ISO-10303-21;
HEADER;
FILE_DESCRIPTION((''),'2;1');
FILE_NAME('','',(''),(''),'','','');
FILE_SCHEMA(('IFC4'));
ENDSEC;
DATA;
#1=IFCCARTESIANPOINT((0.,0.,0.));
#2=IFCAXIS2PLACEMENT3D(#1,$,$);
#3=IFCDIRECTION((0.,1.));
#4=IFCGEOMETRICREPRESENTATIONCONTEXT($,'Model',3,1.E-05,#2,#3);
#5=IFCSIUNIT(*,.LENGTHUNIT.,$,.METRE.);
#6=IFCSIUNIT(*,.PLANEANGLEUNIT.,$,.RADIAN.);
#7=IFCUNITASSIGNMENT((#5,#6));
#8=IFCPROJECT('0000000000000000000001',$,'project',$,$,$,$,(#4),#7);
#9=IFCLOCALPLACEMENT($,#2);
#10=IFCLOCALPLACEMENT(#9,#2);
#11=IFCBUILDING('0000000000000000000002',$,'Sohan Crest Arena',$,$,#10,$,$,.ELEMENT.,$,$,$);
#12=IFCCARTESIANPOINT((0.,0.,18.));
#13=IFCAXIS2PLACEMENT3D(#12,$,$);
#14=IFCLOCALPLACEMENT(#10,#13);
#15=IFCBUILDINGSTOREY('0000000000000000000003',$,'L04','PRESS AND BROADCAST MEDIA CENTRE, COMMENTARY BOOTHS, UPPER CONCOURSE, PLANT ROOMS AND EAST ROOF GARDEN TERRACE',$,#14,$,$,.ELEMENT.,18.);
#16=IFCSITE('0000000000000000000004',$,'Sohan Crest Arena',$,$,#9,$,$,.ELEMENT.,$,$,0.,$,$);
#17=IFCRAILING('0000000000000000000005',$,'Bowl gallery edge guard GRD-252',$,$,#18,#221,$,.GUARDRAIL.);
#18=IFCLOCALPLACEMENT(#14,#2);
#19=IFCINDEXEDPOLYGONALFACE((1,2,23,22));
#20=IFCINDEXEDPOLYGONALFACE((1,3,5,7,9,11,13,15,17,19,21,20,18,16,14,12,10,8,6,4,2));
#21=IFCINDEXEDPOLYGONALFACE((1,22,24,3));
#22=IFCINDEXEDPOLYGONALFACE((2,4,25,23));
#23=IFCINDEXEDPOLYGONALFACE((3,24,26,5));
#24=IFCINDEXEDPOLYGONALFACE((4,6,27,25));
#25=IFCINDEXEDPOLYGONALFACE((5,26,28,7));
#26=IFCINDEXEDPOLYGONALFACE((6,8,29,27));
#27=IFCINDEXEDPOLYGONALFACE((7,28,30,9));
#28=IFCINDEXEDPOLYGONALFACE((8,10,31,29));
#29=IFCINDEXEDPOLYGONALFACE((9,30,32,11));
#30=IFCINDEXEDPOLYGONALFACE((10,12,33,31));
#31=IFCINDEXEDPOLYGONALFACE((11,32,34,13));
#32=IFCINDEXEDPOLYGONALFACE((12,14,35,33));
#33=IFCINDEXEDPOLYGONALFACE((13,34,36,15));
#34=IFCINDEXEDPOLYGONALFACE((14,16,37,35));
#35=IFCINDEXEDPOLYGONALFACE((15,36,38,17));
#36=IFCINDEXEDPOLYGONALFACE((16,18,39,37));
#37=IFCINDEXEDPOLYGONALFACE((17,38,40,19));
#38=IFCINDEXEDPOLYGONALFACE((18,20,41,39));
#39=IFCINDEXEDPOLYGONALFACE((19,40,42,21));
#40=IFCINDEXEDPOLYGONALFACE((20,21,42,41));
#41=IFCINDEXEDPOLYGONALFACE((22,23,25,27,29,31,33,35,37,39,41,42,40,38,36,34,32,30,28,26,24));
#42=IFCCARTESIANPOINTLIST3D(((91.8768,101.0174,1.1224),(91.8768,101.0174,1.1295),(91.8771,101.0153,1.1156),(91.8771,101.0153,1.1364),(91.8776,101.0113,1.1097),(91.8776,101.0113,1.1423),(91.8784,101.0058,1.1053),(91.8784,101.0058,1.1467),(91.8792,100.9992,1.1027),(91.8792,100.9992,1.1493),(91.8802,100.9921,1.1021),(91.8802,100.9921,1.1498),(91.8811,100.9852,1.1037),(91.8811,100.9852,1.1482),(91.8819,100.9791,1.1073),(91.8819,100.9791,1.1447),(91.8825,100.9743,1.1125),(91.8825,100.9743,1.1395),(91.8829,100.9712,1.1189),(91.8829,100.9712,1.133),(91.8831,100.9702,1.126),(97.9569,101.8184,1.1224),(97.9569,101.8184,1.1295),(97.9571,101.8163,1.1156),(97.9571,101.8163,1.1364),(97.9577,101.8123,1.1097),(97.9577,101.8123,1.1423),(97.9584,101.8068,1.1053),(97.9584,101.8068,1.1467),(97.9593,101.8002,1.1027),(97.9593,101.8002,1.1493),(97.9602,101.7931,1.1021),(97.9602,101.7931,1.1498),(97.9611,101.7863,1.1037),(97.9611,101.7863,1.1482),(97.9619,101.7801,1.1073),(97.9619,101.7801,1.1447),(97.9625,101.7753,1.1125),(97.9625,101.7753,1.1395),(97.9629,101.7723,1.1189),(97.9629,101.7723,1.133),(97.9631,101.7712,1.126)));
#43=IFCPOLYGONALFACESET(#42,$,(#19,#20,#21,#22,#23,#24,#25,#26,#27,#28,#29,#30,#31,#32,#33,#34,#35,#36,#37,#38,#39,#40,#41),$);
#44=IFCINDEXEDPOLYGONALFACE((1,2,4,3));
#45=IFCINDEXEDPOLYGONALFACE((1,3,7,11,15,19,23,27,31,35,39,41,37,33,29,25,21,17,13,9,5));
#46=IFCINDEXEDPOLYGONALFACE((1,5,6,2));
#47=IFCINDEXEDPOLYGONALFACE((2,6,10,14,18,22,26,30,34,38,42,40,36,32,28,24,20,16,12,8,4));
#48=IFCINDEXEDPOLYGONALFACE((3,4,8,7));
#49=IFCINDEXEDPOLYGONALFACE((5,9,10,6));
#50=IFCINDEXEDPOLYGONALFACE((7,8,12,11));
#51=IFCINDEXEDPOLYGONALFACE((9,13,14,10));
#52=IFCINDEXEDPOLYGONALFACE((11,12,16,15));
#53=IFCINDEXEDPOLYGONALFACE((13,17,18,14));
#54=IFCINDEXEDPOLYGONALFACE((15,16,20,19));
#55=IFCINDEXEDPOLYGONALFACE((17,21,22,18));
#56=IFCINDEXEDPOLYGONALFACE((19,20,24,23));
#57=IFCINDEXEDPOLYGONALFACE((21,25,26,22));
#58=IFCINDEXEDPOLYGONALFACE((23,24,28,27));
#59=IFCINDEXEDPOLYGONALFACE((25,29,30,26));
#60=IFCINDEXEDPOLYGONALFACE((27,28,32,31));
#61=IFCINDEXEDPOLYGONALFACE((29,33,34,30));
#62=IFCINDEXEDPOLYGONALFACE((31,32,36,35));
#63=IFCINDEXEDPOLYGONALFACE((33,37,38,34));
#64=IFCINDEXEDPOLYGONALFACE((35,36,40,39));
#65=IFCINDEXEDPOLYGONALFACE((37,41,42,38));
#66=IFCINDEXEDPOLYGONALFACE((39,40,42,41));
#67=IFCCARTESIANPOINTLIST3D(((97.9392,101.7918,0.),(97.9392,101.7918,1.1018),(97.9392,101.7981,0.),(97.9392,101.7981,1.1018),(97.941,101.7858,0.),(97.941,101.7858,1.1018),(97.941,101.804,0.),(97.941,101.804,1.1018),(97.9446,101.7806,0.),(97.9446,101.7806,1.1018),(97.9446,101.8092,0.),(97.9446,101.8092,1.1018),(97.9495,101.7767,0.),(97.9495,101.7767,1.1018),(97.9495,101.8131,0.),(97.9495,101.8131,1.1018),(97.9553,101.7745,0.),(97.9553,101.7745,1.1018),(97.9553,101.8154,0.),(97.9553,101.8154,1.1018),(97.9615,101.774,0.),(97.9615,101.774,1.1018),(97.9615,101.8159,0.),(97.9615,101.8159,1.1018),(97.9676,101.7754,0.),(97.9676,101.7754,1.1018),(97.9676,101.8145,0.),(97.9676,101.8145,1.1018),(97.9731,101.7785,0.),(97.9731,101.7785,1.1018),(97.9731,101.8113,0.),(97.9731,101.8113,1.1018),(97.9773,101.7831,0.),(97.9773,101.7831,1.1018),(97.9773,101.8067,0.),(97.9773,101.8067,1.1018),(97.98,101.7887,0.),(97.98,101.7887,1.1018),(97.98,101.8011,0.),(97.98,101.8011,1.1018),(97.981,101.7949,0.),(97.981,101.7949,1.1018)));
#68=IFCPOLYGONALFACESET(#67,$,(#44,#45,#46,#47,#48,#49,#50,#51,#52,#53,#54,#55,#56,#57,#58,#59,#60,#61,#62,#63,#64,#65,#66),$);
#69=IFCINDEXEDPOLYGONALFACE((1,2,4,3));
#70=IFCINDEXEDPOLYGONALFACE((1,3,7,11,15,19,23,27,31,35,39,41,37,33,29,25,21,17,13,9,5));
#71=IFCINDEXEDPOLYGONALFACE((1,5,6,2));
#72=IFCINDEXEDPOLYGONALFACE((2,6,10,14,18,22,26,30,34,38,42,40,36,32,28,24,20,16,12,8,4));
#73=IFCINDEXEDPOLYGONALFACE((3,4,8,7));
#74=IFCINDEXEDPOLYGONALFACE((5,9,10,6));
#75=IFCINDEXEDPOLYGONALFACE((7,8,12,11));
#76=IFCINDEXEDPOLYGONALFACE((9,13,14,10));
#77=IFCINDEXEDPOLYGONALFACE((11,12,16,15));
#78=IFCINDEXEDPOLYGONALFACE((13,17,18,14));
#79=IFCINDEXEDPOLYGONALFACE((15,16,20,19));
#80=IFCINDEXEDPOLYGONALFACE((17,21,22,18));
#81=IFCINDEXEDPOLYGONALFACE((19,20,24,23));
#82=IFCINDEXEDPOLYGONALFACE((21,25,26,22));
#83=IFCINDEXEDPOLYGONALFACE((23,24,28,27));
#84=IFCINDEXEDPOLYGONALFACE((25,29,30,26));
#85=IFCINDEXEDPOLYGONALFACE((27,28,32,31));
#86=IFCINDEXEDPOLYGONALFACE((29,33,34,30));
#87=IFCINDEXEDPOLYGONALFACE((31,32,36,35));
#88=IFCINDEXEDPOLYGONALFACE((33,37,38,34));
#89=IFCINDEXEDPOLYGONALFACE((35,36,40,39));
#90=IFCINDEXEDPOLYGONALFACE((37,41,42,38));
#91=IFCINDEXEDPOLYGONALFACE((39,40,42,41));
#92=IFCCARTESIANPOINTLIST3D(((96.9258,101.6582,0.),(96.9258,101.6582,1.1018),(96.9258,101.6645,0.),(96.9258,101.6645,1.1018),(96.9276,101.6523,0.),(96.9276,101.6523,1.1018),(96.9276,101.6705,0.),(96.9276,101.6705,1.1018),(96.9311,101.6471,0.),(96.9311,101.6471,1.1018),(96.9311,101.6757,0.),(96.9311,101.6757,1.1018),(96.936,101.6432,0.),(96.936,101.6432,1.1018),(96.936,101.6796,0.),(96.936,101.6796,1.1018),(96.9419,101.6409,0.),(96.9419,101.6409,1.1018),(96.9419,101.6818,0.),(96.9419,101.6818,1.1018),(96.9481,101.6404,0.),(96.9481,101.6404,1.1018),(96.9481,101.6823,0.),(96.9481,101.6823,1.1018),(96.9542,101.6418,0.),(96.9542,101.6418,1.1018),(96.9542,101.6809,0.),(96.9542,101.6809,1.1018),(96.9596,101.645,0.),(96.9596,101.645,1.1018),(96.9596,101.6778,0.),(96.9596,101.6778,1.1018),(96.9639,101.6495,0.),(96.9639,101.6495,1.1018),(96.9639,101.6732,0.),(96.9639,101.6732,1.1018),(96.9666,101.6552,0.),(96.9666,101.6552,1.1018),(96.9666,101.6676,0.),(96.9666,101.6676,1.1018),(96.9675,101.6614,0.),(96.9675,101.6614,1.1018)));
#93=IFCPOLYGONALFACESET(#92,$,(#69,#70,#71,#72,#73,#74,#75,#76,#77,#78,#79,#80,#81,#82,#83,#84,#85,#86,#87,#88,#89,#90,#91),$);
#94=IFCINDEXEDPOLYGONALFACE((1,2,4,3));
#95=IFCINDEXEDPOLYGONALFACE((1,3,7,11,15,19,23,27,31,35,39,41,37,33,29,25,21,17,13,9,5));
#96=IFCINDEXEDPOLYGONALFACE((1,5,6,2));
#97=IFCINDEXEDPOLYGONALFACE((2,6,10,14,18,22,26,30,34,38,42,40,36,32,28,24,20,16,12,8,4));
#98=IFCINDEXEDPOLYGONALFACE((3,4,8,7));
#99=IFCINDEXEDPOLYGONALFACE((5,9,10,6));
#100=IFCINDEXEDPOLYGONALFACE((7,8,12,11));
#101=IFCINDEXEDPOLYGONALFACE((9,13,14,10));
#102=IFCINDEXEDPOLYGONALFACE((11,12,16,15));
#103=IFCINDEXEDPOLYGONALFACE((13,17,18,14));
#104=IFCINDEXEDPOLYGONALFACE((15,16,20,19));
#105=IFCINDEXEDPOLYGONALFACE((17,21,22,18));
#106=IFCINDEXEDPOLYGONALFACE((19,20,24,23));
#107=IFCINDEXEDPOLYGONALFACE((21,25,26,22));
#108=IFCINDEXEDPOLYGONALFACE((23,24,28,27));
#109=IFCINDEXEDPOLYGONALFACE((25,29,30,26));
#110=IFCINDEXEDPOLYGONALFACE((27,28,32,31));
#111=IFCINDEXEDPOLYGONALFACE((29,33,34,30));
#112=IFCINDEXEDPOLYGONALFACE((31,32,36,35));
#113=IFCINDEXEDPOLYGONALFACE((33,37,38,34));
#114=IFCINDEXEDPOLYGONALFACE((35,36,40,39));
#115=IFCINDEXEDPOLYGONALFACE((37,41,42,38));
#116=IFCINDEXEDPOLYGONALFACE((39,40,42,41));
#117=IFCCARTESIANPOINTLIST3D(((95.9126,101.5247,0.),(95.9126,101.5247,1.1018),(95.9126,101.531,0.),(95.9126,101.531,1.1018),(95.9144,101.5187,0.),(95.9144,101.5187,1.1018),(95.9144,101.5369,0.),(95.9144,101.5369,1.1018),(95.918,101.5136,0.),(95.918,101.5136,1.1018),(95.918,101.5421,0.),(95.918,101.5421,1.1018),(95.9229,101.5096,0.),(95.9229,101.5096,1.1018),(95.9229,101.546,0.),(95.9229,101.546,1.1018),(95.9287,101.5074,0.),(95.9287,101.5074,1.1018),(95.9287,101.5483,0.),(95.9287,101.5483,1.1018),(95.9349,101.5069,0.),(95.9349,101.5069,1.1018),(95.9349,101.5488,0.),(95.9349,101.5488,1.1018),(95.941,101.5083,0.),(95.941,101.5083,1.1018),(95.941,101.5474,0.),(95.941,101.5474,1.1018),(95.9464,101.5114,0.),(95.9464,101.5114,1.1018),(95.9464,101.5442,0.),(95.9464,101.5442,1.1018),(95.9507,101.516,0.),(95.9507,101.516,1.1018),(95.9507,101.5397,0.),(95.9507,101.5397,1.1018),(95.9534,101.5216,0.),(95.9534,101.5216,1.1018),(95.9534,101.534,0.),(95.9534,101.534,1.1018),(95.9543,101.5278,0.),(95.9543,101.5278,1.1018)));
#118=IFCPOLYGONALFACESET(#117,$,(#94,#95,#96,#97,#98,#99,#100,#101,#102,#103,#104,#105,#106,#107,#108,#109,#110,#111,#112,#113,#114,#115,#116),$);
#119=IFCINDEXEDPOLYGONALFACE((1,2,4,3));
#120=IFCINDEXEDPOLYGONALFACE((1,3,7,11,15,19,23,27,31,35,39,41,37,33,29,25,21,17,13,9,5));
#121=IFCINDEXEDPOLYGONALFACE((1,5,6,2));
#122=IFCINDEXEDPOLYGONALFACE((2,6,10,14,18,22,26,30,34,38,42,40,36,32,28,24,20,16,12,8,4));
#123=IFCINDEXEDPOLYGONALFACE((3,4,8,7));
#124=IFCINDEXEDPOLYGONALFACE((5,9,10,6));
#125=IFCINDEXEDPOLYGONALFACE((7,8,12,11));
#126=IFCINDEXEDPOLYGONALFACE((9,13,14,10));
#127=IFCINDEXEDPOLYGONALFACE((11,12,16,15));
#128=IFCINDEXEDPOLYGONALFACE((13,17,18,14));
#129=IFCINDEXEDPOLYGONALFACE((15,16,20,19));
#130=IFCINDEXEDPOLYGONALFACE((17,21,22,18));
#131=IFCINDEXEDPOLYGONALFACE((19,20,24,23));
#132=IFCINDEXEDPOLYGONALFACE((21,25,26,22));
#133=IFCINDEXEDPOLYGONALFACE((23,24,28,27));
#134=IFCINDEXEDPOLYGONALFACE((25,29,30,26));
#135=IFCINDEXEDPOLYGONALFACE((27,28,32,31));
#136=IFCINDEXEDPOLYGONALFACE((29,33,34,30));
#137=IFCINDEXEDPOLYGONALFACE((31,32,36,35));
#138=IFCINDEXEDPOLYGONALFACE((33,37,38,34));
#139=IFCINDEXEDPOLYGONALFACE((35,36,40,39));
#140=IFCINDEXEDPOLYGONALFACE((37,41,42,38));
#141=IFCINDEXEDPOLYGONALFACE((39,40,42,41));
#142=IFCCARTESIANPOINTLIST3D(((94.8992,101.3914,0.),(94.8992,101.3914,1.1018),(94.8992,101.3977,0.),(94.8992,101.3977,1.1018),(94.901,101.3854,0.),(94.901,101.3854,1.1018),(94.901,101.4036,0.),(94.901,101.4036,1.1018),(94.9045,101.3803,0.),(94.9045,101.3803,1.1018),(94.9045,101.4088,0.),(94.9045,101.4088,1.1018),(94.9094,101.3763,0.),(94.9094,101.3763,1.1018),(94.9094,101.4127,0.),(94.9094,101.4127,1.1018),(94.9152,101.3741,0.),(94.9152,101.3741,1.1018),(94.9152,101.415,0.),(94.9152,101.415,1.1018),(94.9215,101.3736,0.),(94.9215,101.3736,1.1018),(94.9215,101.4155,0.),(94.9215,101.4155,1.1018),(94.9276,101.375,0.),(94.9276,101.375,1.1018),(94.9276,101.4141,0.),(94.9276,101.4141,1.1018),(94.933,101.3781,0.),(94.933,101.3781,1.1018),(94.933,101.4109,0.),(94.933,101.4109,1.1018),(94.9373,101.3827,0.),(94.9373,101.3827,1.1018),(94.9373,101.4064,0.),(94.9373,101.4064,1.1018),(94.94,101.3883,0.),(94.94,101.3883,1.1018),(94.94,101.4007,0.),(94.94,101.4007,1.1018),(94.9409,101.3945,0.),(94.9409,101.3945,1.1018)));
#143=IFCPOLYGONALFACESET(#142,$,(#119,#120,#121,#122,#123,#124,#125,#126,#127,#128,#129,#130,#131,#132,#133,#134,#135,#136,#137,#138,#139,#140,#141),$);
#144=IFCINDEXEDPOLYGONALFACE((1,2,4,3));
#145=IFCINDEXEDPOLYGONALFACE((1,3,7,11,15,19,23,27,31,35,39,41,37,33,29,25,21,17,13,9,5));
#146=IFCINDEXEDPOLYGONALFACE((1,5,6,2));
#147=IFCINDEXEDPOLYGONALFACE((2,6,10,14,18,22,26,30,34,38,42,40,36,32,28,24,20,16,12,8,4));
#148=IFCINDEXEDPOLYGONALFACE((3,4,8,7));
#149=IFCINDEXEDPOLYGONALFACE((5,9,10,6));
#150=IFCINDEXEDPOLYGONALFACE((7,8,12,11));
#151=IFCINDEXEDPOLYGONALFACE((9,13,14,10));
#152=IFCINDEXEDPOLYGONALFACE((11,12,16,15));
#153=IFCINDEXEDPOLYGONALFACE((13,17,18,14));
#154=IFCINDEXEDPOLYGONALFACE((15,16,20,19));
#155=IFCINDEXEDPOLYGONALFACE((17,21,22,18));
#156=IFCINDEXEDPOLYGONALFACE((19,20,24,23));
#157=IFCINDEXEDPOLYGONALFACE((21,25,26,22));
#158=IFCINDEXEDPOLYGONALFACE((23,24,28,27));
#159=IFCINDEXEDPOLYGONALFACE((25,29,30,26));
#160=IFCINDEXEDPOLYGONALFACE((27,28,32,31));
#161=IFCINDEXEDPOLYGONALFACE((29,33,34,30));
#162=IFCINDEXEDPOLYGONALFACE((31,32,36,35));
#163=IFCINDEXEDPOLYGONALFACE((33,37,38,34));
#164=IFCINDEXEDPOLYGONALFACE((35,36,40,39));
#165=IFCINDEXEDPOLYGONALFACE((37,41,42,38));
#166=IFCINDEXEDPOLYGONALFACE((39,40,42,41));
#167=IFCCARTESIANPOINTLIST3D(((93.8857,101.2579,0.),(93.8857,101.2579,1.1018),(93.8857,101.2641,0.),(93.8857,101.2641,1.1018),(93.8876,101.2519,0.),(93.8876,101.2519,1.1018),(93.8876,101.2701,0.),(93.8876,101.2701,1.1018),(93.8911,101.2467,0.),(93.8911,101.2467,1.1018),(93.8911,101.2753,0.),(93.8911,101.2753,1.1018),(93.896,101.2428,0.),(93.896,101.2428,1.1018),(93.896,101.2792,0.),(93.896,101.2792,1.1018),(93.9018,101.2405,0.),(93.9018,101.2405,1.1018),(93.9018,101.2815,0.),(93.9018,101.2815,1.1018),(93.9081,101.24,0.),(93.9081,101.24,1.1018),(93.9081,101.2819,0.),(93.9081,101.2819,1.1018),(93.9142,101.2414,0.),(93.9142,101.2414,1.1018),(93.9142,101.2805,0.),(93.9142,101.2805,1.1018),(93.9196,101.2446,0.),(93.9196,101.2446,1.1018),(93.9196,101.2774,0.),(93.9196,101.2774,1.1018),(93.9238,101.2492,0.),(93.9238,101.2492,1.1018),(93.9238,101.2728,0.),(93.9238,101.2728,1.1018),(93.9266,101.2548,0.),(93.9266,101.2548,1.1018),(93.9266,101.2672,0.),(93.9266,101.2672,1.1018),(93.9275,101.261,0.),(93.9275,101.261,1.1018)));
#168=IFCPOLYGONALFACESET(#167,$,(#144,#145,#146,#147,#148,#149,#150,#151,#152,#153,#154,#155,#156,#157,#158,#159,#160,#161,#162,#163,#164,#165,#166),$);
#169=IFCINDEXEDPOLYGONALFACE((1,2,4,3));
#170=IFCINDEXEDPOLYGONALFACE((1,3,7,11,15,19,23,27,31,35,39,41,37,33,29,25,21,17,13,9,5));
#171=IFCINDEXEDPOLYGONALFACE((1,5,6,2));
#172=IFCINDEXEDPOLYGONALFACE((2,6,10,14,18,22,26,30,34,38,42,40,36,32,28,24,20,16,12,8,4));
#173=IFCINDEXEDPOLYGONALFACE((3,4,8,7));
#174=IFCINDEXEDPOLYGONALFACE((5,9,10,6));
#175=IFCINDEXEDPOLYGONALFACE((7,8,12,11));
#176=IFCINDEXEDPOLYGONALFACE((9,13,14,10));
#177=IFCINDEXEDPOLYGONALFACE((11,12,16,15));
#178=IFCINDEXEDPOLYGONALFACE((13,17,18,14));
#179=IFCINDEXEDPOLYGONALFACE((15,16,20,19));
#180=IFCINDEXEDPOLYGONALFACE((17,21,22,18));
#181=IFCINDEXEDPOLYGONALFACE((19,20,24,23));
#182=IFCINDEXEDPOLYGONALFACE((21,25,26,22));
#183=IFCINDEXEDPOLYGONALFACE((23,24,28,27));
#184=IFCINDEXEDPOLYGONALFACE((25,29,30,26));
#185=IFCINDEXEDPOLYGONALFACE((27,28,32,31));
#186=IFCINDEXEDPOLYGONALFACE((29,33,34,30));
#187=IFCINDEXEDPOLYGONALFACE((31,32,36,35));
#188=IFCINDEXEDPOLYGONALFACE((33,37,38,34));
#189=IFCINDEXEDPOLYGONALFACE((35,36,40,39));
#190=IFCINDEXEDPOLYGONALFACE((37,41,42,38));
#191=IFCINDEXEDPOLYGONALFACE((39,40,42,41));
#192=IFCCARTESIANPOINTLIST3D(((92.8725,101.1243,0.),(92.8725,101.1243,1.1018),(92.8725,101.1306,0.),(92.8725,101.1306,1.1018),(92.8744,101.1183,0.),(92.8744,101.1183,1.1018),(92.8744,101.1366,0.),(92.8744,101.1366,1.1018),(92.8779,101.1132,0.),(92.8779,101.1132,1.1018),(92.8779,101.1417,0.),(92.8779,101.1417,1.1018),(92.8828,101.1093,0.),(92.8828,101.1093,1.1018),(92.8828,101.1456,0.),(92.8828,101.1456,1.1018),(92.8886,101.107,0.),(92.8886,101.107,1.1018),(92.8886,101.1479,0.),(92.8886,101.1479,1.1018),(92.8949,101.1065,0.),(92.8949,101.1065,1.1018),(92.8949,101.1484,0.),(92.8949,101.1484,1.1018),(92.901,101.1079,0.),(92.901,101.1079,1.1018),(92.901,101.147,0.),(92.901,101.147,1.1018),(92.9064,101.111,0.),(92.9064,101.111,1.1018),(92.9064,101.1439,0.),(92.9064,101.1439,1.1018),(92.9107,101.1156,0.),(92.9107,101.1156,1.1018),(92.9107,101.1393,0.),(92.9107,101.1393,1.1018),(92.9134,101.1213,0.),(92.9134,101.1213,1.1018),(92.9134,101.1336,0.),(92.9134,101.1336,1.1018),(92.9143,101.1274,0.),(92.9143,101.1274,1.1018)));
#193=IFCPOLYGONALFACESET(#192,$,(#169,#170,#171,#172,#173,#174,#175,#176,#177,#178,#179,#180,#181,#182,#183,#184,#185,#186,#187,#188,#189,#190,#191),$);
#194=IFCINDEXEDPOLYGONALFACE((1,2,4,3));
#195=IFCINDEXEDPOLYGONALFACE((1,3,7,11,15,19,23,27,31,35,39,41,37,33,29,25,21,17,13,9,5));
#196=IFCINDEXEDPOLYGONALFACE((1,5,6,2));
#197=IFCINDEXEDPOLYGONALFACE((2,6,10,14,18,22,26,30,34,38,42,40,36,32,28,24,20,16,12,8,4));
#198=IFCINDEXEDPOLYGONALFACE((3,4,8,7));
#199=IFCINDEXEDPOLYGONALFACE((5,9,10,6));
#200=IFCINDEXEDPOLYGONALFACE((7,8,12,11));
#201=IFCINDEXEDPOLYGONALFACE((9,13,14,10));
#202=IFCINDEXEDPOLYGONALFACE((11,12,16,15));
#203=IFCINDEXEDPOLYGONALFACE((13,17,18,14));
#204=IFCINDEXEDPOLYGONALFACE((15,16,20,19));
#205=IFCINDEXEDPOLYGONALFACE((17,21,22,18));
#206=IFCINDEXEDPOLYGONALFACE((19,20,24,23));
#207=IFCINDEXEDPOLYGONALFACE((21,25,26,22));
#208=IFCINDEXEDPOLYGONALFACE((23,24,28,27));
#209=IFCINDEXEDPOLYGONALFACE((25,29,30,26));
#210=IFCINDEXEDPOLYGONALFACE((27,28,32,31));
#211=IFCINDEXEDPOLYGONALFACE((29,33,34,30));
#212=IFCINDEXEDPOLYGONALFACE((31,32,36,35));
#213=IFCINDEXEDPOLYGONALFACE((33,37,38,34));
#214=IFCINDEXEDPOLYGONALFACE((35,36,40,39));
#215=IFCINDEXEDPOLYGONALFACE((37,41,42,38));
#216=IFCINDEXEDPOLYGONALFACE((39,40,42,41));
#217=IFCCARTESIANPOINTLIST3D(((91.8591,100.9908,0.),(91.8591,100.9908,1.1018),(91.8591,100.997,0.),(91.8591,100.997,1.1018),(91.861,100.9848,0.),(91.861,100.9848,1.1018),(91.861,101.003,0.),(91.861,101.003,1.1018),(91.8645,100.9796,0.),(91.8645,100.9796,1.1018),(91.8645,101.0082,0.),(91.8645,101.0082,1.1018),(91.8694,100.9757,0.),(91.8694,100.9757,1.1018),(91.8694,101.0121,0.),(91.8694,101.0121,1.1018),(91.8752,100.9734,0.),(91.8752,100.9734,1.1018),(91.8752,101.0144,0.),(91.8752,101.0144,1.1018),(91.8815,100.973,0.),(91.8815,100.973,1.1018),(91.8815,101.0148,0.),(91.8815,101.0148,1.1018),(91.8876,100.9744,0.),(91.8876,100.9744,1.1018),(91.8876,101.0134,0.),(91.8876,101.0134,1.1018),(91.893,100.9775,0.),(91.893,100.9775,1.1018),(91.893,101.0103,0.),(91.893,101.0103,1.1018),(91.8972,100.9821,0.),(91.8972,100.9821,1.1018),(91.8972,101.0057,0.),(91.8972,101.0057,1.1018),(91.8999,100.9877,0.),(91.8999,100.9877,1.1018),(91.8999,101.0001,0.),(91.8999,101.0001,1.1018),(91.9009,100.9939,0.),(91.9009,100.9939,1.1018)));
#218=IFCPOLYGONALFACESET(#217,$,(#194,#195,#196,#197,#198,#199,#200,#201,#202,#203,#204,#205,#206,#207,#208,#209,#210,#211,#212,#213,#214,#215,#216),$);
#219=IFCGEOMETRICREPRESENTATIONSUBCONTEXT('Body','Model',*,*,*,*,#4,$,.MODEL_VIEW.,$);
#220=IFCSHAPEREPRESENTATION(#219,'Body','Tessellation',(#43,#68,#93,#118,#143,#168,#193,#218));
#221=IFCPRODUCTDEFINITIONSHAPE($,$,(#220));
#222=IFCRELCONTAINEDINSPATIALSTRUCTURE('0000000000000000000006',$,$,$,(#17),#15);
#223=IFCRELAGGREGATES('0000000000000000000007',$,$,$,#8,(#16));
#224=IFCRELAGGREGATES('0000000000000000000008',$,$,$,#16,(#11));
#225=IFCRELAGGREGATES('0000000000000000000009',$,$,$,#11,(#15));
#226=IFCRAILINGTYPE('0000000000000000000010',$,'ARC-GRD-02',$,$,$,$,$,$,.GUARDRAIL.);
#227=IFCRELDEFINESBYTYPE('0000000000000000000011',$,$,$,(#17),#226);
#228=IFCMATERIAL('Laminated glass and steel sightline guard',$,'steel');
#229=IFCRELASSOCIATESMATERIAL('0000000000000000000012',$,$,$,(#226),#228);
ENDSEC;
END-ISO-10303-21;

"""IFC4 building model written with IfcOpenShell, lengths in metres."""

from ifc_helpers import new_model, si_unit, direction, frame, origin, origin_2d, place, context, subcontext, project, spatial, circle, extrude, material, type_object, element, save


model = new_model("IFC4")

# Units and contexts
model_context = context("Model", 3, precision=1e-05, world=origin(), true_north=direction((0.0, 1.0)))
body_context = subcontext(model_context, "Body", "Model", "MODEL_VIEW")
ifc_project = project(units=[si_unit("LENGTHUNIT", "METRE"), si_unit("PLANEANGLEUNIT", "RADIAN")], contexts=[model_context])

# Site, building, storey
site_placement = place(None, origin())
site = spatial("IfcSite", under=ifc_project, at=site_placement, Name="Sohan Crest Arena", CompositionType="ELEMENT", RefElevation=0.0)
building_placement = place(site_placement, origin())
building = spatial("IfcBuilding", under=site, at=building_placement, Name="Sohan Crest Arena", CompositionType="ELEMENT")
storey_placement = place(building_placement, frame((0.0, 0.0, 18.0)))
storey = spatial("IfcBuildingStorey", under=building, at=storey_placement, Name="L04", Description="PRESS AND BROADCAST MEDIA CENTRE, COMMENTARY BOOTHS, UPPER CONCOURSE, PLANT ROOMS AND EAST ROOF GARDEN TERRACE", CompositionType="ELEMENT", Elevation=18.0)

# Railing
ifc_material_1 = material(Name="Laminated glass and steel sightline guard", Category="steel")
railing_type_1 = type_object("IfcRailingType", Name="ARC-GRD-02", PredefinedType="GUARDRAIL", material=ifc_material_1)
railing_1_placement = place(storey_placement, frame((97.96, 101.7949, 0.0)))
element("IfcRailing", 1, at=railing_1_placement, inside=storey, type_object=railing_type_1, Name="Bowl gallery edge guard GRD-252", PredefinedType="GUARDRAIL", context=body_context, shape_type="SweptSolid", body=[
    extrude(circle(Radius=0.0239, at=origin_2d()), frame((0.0, 0.0, 1.126), z_axis=(-0.991433, -0.130617, 0.0), x_axis=(0.130617, -0.991433, 0.0)), (0.0, 0.0, 1.0), 6.1326),
    extrude(circle(Radius=0.021, at=origin_2d()), origin(), (0.0, 0.0, 1.0), 1.1018),
    extrude(circle(Radius=0.021, at=origin_2d()), frame((-1.0134, -0.1335, 0.0)), (0.0, 0.0, 1.0), 1.1018),
    extrude(circle(Radius=0.021, at=origin_2d()), frame((-2.0266, -0.2671, 0.0)), (0.0, 0.0, 1.0), 1.1018),
    extrude(circle(Radius=0.021, at=origin_2d()), frame((-3.04, -0.4004, 0.0)), (0.0, 0.0, 1.0), 1.1018),
    extrude(circle(Radius=0.021, at=origin_2d()), frame((-4.0535, -0.5339, 0.0)), (0.0, 0.0, 1.0), 1.1018),
    extrude(circle(Radius=0.021, at=origin_2d()), frame((-5.0667, -0.6675, 0.0)), (0.0, 0.0, 1.0), 1.1018),
    extrude(circle(Radius=0.021, at=origin_2d()), frame((-6.0801, -0.801, 0.0)), (0.0, 0.0, 1.0), 1.1018),
])

save(model, "model.ifc")
